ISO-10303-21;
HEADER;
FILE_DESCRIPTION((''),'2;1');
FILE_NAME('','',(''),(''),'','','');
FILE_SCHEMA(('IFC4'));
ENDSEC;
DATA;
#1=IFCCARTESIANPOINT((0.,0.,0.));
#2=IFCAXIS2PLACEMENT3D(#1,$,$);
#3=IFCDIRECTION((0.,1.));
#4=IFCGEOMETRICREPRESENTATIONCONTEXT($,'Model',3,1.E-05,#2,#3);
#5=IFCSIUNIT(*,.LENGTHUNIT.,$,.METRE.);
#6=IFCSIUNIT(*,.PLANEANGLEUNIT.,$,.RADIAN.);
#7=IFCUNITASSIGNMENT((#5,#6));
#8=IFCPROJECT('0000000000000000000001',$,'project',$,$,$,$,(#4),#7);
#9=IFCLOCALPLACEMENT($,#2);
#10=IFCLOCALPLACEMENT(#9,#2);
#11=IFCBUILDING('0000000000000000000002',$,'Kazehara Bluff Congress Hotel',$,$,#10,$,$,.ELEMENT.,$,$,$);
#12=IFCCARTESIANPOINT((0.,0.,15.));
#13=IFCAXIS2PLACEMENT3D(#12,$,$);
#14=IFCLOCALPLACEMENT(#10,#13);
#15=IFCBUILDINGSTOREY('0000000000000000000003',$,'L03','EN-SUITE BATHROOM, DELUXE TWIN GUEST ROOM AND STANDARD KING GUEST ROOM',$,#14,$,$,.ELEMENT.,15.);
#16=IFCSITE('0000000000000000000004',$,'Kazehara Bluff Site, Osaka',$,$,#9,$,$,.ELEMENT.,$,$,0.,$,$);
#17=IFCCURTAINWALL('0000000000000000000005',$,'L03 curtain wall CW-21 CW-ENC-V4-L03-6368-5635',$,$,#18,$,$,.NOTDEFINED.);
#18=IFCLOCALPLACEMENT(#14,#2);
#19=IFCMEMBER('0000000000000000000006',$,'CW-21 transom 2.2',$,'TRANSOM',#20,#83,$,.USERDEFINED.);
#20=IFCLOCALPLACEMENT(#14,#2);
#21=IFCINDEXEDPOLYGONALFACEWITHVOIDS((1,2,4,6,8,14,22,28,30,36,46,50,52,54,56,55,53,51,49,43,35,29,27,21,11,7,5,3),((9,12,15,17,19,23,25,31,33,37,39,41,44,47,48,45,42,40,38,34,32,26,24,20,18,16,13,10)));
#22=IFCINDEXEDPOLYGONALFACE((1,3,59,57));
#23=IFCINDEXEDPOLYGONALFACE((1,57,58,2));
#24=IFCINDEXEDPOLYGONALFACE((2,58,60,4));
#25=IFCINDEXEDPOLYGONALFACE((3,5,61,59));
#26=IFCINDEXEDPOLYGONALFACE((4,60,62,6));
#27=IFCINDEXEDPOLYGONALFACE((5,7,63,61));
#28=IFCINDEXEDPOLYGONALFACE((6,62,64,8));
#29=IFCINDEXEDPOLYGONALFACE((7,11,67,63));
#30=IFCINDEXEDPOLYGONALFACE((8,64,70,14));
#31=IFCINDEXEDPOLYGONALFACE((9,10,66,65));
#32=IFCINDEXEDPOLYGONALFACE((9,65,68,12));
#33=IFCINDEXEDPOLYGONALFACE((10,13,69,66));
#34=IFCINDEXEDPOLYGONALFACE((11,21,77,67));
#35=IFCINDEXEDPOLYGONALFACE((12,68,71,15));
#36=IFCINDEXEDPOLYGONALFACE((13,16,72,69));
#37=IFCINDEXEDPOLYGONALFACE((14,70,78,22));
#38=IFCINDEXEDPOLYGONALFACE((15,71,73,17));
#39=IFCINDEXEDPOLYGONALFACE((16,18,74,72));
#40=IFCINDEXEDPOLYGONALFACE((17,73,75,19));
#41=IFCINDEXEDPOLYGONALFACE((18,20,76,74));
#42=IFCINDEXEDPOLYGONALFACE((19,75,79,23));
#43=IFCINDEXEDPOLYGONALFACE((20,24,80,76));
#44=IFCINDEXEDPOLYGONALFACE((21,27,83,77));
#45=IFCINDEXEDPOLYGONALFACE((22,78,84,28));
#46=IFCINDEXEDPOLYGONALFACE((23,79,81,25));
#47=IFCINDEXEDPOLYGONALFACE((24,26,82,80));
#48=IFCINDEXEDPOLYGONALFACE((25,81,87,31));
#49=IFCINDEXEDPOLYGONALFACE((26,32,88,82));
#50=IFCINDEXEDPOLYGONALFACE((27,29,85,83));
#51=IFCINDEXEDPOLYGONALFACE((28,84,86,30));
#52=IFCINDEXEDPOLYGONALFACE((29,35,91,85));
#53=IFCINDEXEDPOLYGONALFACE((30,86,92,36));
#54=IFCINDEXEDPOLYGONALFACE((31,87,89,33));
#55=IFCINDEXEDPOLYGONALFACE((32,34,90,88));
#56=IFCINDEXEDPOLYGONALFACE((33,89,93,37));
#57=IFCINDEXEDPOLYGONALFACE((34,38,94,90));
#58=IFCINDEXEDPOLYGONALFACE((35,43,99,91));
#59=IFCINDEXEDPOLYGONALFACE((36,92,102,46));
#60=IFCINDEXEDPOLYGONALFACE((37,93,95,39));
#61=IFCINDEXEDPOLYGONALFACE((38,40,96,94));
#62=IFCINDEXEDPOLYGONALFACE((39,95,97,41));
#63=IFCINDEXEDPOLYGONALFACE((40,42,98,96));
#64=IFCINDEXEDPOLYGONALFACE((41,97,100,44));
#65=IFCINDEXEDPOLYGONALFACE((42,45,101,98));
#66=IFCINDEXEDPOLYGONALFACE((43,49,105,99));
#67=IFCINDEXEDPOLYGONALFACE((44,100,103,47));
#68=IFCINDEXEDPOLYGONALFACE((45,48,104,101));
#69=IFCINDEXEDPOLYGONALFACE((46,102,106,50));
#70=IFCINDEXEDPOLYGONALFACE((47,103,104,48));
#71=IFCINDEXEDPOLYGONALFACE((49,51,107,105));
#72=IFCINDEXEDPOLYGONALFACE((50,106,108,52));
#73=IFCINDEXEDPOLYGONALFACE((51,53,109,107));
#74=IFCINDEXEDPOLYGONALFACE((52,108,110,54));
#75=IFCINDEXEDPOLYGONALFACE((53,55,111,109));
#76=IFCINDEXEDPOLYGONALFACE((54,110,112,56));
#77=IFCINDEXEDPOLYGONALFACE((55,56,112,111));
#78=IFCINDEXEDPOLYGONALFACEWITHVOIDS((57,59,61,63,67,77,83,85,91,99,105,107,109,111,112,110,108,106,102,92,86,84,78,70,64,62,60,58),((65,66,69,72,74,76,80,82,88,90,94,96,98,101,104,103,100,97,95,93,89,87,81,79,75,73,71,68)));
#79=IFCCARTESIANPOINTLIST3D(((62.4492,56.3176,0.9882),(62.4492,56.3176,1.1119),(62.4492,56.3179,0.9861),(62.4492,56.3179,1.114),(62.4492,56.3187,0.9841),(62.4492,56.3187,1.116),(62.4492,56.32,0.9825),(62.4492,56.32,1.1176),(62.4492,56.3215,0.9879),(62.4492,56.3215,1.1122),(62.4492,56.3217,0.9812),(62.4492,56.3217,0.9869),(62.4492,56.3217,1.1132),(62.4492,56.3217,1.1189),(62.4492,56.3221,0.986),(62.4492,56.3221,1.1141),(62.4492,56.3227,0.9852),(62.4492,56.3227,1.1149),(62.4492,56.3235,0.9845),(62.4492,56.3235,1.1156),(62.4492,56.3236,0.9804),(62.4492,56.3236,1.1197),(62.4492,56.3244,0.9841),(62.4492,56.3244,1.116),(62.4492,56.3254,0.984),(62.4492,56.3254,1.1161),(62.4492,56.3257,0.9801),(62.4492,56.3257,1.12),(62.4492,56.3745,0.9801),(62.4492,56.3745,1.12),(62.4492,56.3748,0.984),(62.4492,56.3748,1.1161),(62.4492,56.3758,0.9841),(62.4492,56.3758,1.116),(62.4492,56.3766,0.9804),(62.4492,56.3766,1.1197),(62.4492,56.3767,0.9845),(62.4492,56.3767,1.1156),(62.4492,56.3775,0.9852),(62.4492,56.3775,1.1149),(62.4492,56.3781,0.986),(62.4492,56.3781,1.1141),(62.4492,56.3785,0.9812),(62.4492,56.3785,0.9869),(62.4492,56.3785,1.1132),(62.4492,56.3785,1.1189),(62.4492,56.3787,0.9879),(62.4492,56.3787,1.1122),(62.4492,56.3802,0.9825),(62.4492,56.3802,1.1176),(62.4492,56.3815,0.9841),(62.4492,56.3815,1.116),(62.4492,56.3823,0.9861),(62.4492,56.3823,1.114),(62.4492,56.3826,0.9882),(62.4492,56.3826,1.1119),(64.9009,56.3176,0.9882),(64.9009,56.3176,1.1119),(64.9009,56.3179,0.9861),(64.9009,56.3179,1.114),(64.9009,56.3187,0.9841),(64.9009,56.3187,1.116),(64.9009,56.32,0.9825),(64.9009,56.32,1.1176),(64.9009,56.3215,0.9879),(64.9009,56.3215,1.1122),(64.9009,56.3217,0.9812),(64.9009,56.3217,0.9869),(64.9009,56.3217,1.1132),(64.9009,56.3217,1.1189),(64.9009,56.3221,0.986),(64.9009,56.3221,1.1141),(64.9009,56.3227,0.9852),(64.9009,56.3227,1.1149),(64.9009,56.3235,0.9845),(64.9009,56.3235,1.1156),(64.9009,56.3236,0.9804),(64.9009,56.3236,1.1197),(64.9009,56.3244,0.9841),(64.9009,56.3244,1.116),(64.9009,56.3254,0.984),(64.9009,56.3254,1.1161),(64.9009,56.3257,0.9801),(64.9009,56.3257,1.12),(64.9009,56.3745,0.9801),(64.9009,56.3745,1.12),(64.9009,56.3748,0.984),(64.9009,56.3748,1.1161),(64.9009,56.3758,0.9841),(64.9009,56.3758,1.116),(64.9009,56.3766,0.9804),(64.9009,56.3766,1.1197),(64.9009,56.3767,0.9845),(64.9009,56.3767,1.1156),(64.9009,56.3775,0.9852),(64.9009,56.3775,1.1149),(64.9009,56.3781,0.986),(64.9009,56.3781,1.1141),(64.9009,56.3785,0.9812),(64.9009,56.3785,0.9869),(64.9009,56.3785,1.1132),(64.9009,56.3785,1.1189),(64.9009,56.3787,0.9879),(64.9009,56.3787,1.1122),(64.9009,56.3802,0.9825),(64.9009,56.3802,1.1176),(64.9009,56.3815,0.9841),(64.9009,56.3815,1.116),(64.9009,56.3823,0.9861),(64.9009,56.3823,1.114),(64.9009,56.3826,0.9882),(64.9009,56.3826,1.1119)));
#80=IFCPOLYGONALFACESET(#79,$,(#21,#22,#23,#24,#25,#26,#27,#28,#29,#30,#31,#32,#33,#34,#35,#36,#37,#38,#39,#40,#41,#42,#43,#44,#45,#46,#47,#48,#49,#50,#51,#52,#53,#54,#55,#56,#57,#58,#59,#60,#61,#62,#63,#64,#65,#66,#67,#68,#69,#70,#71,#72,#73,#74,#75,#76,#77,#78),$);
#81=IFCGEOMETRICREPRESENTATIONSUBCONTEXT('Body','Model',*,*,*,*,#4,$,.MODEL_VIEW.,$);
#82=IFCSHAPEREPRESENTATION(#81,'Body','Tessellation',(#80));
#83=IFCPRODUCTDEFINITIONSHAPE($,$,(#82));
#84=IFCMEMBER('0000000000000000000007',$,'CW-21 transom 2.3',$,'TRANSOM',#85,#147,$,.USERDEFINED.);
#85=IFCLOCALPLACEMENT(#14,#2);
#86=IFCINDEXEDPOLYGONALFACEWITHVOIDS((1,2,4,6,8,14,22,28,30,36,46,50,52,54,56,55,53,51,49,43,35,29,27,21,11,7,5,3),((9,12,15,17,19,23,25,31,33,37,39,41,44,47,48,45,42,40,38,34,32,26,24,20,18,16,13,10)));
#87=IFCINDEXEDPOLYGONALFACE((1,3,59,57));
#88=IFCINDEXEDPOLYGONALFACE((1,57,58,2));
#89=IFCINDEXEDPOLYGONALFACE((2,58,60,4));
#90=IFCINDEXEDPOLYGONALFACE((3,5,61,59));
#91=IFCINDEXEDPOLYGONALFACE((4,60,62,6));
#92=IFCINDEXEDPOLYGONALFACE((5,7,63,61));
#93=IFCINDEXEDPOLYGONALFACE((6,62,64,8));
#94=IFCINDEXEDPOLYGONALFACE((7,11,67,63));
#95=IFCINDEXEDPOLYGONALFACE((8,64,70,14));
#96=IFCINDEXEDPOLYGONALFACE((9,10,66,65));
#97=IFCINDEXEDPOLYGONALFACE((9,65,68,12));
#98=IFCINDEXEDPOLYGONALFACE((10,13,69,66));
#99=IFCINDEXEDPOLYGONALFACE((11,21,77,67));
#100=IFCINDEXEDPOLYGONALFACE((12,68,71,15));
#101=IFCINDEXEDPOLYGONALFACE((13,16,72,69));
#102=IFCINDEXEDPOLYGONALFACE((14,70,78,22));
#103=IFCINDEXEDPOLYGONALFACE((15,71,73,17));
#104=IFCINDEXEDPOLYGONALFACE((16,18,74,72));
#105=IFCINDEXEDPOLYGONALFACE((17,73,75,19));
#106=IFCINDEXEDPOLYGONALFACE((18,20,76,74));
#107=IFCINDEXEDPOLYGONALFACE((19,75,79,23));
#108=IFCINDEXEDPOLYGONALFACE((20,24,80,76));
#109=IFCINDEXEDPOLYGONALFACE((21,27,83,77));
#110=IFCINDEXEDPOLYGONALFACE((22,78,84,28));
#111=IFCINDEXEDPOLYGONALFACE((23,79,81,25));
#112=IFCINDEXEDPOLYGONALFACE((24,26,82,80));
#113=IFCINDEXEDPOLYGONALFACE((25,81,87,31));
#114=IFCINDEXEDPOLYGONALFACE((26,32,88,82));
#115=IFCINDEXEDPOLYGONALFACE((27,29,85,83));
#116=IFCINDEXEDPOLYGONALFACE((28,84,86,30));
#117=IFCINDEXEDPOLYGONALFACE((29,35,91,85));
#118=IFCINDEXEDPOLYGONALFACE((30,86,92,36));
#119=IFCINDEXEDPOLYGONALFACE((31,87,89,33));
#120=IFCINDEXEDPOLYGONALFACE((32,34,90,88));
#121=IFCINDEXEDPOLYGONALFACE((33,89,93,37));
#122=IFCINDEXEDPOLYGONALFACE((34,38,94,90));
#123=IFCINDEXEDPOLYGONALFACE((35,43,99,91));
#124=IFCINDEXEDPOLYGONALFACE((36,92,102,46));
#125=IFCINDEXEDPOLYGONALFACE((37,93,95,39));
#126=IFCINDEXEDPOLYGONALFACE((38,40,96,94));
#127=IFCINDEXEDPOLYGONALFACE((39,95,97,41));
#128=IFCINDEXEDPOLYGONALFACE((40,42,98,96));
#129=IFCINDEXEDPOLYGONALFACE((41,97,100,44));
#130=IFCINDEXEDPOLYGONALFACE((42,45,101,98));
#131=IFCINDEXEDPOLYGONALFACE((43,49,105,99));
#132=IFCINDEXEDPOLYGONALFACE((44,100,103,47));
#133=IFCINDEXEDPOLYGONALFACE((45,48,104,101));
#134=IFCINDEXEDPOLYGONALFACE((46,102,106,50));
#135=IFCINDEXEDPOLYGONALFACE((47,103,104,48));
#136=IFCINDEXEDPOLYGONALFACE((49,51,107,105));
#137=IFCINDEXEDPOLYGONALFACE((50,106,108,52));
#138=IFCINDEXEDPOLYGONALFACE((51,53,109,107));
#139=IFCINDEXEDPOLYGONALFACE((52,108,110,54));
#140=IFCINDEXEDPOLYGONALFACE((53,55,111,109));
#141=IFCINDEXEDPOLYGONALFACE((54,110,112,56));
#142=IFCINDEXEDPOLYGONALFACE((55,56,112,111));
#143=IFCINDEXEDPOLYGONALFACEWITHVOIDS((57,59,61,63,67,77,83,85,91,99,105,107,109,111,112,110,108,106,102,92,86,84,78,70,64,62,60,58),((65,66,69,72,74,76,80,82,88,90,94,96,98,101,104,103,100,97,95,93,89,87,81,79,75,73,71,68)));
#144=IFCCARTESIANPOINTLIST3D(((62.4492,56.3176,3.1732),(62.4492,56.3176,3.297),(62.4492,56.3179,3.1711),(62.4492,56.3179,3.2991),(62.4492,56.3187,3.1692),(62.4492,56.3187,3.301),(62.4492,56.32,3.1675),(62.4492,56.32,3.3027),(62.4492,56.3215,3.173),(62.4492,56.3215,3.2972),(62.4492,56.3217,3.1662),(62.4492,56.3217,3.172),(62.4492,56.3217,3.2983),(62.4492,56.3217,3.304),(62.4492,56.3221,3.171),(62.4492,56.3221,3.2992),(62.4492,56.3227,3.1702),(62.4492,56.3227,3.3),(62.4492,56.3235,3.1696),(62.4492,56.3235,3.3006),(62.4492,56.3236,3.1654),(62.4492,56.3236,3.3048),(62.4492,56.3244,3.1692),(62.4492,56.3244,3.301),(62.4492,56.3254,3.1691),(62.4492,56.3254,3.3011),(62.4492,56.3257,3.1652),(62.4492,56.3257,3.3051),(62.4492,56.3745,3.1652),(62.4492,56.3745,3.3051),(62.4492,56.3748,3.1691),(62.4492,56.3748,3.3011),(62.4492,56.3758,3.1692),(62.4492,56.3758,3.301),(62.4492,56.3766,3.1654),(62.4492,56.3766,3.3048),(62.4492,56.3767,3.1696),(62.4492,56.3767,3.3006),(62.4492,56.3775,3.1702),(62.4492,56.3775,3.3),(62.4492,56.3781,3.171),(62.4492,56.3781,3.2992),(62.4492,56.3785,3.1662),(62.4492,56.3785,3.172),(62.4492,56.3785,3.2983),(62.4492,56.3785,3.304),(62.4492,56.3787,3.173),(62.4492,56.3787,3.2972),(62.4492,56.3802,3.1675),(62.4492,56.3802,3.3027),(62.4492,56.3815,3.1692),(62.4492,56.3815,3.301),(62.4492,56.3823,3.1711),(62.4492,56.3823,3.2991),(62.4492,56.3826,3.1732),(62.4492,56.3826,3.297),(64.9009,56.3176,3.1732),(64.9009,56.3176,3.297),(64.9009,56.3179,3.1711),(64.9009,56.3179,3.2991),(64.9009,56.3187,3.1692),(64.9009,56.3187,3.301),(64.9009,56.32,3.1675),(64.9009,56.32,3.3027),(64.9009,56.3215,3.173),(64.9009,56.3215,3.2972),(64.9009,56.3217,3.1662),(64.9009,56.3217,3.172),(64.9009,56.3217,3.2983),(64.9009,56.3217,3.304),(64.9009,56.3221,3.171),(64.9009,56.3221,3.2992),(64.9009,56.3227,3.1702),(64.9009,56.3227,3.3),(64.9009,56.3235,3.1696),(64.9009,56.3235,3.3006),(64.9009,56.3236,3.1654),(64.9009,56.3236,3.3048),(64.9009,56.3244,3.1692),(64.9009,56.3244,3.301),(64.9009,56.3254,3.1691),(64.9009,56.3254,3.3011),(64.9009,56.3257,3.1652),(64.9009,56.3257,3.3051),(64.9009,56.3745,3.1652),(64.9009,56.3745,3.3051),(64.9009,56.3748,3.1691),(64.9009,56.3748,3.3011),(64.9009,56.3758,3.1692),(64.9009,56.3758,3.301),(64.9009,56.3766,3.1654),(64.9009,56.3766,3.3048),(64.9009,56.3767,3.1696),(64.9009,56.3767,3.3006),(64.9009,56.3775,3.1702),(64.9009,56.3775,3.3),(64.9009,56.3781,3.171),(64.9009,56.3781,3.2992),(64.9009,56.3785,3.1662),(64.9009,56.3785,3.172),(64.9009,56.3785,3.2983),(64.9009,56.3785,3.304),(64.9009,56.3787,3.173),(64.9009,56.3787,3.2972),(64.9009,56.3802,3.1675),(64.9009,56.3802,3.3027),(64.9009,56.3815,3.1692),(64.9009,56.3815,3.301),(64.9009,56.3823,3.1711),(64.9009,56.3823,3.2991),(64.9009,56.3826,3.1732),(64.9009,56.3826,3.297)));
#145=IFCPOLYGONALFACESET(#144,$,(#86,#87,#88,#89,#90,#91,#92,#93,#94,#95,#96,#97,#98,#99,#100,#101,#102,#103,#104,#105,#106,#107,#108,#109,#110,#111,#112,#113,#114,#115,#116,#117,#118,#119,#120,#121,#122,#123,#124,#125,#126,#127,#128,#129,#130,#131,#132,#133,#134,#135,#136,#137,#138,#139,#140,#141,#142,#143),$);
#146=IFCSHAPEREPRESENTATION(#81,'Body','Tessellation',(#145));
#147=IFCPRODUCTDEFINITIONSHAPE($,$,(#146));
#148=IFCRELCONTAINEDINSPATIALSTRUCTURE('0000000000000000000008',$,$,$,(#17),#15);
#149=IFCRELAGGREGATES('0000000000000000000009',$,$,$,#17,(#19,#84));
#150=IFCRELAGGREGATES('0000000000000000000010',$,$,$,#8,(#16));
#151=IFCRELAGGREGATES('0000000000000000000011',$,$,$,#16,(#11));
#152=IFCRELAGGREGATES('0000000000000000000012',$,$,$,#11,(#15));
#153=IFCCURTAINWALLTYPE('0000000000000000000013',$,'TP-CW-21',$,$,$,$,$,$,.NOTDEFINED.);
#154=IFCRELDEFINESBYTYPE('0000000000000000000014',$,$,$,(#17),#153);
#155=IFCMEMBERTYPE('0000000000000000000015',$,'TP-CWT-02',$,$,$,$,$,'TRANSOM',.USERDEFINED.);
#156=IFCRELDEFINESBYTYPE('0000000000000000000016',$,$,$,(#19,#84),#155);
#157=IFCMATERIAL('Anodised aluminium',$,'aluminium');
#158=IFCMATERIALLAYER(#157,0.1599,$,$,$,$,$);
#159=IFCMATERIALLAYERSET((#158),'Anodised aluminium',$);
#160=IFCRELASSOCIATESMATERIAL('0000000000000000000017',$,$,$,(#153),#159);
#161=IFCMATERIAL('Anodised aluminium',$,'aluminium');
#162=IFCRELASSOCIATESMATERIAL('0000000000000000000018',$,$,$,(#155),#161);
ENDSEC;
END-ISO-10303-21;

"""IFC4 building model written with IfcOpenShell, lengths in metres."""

from ifc_helpers import new_model, si_unit, direction, frame, origin, origin_2d, place, context, subcontext, project, spatial, hollow_rectangle, extrude, material, layer, layer_set, material_profile, profile_set, type_object, element, aggregate, save


model = new_model("IFC4")

# Units and contexts
model_context = context("Model", 3, precision=1e-05, world=origin(), true_north=direction((0.0, 1.0)))
body_context = subcontext(model_context, "Body", "Model", "MODEL_VIEW")
ifc_project = project(units=[si_unit("LENGTHUNIT", "METRE"), si_unit("PLANEANGLEUNIT", "RADIAN")], contexts=[model_context])

# Site, building, storey
site_placement = place(None, origin())
site = spatial("IfcSite", under=ifc_project, at=site_placement, Name="Kazehara Bluff Site, Osaka", CompositionType="ELEMENT", RefElevation=0.0)
building_placement = place(site_placement, origin())
building = spatial("IfcBuilding", under=site, at=building_placement, Name="Kazehara Bluff Congress Hotel", CompositionType="ELEMENT")
storey_placement = place(building_placement, frame((0.0, 0.0, 15.0)))
storey = spatial("IfcBuildingStorey", under=building, at=storey_placement, Name="L03", Description="EN-SUITE BATHROOM, DELUXE TWIN GUEST ROOM AND STANDARD KING GUEST ROOM", CompositionType="ELEMENT", Elevation=15.0)

# Curtain wall, members
ifc_material_1 = material(Name="Anodised aluminium", Category="aluminium")
ifc_layer_1 = layer(ifc_material_1, 0.1599)
ifc_layer_set_1 = layer_set([ifc_layer_1], Name="Anodised aluminium")
curtain_wall_type = type_object("IfcCurtainWallType", Name="TP-CW-21", PredefinedType="NOTDEFINED", material=ifc_layer_set_1)
curtain_wall_placement = place(storey_placement, origin())
curtain_wall = element("IfcCurtainWall", 1, at=curtain_wall_placement, inside=storey, type_object=curtain_wall_type, Name="L03 curtain wall CW-21 CW-ENC-V4-L03-6368-5635", PredefinedType="NOTDEFINED")
ifc_material_2 = material(Name="Anodised aluminium", Category="aluminium")
ifc_material_profile_1 = material_profile(ifc_material_2, hollow_rectangle(XDim=0.0649, YDim=0.1399, WallThickness=0.0039, InnerFilletRadius=0.0039, OuterFilletRadius=0.0081, at=origin_2d()))
ifc_profile_set_1 = profile_set([ifc_material_profile_1], Name="Anodised aluminium")
member_type_1 = type_object("IfcMemberType", Name="TP-CWT-02", ElementType="TRANSOM", PredefinedType="USERDEFINED", material=ifc_profile_set_1)
member_1_placement = place(storey_placement, frame((62.4492, 56.3501, 1.05), z_axis=(1.0, 0.0, 0.0), x_axis=(0.0, 1.0, 0.0)))
member_1 = element("IfcMember", 2, at=member_1_placement, type_object=member_type_1, Name="CW-21 transom 2.2", ObjectType="TRANSOM", PredefinedType="USERDEFINED", context=body_context, shape_type="SweptSolid", body=[
    extrude(hollow_rectangle(XDim=0.0649, YDim=0.1399, WallThickness=0.0039, InnerFilletRadius=0.0039, OuterFilletRadius=0.0081, at=origin_2d()), origin(), (0.0, 0.0, 1.0), 2.4517),
])
member_2_placement = place(storey_placement, frame((62.4492, 56.3501, 3.2351), z_axis=(1.0, 0.0, 0.0), x_axis=(0.0, 1.0, 0.0)))
member_2 = element("IfcMember", 3, at=member_2_placement, type_object=member_type_1, Name="CW-21 transom 2.3", ObjectType="TRANSOM", PredefinedType="USERDEFINED", context=body_context, shape_type="SweptSolid", body=[
    extrude(hollow_rectangle(XDim=0.0649, YDim=0.1399, WallThickness=0.0039, InnerFilletRadius=0.0039, OuterFilletRadius=0.0081, at=origin_2d()), origin(), (0.0, 0.0, 1.0), 2.4517),
])

aggregate(curtain_wall, [member_1, member_2])

save(model, "model.ifc")
